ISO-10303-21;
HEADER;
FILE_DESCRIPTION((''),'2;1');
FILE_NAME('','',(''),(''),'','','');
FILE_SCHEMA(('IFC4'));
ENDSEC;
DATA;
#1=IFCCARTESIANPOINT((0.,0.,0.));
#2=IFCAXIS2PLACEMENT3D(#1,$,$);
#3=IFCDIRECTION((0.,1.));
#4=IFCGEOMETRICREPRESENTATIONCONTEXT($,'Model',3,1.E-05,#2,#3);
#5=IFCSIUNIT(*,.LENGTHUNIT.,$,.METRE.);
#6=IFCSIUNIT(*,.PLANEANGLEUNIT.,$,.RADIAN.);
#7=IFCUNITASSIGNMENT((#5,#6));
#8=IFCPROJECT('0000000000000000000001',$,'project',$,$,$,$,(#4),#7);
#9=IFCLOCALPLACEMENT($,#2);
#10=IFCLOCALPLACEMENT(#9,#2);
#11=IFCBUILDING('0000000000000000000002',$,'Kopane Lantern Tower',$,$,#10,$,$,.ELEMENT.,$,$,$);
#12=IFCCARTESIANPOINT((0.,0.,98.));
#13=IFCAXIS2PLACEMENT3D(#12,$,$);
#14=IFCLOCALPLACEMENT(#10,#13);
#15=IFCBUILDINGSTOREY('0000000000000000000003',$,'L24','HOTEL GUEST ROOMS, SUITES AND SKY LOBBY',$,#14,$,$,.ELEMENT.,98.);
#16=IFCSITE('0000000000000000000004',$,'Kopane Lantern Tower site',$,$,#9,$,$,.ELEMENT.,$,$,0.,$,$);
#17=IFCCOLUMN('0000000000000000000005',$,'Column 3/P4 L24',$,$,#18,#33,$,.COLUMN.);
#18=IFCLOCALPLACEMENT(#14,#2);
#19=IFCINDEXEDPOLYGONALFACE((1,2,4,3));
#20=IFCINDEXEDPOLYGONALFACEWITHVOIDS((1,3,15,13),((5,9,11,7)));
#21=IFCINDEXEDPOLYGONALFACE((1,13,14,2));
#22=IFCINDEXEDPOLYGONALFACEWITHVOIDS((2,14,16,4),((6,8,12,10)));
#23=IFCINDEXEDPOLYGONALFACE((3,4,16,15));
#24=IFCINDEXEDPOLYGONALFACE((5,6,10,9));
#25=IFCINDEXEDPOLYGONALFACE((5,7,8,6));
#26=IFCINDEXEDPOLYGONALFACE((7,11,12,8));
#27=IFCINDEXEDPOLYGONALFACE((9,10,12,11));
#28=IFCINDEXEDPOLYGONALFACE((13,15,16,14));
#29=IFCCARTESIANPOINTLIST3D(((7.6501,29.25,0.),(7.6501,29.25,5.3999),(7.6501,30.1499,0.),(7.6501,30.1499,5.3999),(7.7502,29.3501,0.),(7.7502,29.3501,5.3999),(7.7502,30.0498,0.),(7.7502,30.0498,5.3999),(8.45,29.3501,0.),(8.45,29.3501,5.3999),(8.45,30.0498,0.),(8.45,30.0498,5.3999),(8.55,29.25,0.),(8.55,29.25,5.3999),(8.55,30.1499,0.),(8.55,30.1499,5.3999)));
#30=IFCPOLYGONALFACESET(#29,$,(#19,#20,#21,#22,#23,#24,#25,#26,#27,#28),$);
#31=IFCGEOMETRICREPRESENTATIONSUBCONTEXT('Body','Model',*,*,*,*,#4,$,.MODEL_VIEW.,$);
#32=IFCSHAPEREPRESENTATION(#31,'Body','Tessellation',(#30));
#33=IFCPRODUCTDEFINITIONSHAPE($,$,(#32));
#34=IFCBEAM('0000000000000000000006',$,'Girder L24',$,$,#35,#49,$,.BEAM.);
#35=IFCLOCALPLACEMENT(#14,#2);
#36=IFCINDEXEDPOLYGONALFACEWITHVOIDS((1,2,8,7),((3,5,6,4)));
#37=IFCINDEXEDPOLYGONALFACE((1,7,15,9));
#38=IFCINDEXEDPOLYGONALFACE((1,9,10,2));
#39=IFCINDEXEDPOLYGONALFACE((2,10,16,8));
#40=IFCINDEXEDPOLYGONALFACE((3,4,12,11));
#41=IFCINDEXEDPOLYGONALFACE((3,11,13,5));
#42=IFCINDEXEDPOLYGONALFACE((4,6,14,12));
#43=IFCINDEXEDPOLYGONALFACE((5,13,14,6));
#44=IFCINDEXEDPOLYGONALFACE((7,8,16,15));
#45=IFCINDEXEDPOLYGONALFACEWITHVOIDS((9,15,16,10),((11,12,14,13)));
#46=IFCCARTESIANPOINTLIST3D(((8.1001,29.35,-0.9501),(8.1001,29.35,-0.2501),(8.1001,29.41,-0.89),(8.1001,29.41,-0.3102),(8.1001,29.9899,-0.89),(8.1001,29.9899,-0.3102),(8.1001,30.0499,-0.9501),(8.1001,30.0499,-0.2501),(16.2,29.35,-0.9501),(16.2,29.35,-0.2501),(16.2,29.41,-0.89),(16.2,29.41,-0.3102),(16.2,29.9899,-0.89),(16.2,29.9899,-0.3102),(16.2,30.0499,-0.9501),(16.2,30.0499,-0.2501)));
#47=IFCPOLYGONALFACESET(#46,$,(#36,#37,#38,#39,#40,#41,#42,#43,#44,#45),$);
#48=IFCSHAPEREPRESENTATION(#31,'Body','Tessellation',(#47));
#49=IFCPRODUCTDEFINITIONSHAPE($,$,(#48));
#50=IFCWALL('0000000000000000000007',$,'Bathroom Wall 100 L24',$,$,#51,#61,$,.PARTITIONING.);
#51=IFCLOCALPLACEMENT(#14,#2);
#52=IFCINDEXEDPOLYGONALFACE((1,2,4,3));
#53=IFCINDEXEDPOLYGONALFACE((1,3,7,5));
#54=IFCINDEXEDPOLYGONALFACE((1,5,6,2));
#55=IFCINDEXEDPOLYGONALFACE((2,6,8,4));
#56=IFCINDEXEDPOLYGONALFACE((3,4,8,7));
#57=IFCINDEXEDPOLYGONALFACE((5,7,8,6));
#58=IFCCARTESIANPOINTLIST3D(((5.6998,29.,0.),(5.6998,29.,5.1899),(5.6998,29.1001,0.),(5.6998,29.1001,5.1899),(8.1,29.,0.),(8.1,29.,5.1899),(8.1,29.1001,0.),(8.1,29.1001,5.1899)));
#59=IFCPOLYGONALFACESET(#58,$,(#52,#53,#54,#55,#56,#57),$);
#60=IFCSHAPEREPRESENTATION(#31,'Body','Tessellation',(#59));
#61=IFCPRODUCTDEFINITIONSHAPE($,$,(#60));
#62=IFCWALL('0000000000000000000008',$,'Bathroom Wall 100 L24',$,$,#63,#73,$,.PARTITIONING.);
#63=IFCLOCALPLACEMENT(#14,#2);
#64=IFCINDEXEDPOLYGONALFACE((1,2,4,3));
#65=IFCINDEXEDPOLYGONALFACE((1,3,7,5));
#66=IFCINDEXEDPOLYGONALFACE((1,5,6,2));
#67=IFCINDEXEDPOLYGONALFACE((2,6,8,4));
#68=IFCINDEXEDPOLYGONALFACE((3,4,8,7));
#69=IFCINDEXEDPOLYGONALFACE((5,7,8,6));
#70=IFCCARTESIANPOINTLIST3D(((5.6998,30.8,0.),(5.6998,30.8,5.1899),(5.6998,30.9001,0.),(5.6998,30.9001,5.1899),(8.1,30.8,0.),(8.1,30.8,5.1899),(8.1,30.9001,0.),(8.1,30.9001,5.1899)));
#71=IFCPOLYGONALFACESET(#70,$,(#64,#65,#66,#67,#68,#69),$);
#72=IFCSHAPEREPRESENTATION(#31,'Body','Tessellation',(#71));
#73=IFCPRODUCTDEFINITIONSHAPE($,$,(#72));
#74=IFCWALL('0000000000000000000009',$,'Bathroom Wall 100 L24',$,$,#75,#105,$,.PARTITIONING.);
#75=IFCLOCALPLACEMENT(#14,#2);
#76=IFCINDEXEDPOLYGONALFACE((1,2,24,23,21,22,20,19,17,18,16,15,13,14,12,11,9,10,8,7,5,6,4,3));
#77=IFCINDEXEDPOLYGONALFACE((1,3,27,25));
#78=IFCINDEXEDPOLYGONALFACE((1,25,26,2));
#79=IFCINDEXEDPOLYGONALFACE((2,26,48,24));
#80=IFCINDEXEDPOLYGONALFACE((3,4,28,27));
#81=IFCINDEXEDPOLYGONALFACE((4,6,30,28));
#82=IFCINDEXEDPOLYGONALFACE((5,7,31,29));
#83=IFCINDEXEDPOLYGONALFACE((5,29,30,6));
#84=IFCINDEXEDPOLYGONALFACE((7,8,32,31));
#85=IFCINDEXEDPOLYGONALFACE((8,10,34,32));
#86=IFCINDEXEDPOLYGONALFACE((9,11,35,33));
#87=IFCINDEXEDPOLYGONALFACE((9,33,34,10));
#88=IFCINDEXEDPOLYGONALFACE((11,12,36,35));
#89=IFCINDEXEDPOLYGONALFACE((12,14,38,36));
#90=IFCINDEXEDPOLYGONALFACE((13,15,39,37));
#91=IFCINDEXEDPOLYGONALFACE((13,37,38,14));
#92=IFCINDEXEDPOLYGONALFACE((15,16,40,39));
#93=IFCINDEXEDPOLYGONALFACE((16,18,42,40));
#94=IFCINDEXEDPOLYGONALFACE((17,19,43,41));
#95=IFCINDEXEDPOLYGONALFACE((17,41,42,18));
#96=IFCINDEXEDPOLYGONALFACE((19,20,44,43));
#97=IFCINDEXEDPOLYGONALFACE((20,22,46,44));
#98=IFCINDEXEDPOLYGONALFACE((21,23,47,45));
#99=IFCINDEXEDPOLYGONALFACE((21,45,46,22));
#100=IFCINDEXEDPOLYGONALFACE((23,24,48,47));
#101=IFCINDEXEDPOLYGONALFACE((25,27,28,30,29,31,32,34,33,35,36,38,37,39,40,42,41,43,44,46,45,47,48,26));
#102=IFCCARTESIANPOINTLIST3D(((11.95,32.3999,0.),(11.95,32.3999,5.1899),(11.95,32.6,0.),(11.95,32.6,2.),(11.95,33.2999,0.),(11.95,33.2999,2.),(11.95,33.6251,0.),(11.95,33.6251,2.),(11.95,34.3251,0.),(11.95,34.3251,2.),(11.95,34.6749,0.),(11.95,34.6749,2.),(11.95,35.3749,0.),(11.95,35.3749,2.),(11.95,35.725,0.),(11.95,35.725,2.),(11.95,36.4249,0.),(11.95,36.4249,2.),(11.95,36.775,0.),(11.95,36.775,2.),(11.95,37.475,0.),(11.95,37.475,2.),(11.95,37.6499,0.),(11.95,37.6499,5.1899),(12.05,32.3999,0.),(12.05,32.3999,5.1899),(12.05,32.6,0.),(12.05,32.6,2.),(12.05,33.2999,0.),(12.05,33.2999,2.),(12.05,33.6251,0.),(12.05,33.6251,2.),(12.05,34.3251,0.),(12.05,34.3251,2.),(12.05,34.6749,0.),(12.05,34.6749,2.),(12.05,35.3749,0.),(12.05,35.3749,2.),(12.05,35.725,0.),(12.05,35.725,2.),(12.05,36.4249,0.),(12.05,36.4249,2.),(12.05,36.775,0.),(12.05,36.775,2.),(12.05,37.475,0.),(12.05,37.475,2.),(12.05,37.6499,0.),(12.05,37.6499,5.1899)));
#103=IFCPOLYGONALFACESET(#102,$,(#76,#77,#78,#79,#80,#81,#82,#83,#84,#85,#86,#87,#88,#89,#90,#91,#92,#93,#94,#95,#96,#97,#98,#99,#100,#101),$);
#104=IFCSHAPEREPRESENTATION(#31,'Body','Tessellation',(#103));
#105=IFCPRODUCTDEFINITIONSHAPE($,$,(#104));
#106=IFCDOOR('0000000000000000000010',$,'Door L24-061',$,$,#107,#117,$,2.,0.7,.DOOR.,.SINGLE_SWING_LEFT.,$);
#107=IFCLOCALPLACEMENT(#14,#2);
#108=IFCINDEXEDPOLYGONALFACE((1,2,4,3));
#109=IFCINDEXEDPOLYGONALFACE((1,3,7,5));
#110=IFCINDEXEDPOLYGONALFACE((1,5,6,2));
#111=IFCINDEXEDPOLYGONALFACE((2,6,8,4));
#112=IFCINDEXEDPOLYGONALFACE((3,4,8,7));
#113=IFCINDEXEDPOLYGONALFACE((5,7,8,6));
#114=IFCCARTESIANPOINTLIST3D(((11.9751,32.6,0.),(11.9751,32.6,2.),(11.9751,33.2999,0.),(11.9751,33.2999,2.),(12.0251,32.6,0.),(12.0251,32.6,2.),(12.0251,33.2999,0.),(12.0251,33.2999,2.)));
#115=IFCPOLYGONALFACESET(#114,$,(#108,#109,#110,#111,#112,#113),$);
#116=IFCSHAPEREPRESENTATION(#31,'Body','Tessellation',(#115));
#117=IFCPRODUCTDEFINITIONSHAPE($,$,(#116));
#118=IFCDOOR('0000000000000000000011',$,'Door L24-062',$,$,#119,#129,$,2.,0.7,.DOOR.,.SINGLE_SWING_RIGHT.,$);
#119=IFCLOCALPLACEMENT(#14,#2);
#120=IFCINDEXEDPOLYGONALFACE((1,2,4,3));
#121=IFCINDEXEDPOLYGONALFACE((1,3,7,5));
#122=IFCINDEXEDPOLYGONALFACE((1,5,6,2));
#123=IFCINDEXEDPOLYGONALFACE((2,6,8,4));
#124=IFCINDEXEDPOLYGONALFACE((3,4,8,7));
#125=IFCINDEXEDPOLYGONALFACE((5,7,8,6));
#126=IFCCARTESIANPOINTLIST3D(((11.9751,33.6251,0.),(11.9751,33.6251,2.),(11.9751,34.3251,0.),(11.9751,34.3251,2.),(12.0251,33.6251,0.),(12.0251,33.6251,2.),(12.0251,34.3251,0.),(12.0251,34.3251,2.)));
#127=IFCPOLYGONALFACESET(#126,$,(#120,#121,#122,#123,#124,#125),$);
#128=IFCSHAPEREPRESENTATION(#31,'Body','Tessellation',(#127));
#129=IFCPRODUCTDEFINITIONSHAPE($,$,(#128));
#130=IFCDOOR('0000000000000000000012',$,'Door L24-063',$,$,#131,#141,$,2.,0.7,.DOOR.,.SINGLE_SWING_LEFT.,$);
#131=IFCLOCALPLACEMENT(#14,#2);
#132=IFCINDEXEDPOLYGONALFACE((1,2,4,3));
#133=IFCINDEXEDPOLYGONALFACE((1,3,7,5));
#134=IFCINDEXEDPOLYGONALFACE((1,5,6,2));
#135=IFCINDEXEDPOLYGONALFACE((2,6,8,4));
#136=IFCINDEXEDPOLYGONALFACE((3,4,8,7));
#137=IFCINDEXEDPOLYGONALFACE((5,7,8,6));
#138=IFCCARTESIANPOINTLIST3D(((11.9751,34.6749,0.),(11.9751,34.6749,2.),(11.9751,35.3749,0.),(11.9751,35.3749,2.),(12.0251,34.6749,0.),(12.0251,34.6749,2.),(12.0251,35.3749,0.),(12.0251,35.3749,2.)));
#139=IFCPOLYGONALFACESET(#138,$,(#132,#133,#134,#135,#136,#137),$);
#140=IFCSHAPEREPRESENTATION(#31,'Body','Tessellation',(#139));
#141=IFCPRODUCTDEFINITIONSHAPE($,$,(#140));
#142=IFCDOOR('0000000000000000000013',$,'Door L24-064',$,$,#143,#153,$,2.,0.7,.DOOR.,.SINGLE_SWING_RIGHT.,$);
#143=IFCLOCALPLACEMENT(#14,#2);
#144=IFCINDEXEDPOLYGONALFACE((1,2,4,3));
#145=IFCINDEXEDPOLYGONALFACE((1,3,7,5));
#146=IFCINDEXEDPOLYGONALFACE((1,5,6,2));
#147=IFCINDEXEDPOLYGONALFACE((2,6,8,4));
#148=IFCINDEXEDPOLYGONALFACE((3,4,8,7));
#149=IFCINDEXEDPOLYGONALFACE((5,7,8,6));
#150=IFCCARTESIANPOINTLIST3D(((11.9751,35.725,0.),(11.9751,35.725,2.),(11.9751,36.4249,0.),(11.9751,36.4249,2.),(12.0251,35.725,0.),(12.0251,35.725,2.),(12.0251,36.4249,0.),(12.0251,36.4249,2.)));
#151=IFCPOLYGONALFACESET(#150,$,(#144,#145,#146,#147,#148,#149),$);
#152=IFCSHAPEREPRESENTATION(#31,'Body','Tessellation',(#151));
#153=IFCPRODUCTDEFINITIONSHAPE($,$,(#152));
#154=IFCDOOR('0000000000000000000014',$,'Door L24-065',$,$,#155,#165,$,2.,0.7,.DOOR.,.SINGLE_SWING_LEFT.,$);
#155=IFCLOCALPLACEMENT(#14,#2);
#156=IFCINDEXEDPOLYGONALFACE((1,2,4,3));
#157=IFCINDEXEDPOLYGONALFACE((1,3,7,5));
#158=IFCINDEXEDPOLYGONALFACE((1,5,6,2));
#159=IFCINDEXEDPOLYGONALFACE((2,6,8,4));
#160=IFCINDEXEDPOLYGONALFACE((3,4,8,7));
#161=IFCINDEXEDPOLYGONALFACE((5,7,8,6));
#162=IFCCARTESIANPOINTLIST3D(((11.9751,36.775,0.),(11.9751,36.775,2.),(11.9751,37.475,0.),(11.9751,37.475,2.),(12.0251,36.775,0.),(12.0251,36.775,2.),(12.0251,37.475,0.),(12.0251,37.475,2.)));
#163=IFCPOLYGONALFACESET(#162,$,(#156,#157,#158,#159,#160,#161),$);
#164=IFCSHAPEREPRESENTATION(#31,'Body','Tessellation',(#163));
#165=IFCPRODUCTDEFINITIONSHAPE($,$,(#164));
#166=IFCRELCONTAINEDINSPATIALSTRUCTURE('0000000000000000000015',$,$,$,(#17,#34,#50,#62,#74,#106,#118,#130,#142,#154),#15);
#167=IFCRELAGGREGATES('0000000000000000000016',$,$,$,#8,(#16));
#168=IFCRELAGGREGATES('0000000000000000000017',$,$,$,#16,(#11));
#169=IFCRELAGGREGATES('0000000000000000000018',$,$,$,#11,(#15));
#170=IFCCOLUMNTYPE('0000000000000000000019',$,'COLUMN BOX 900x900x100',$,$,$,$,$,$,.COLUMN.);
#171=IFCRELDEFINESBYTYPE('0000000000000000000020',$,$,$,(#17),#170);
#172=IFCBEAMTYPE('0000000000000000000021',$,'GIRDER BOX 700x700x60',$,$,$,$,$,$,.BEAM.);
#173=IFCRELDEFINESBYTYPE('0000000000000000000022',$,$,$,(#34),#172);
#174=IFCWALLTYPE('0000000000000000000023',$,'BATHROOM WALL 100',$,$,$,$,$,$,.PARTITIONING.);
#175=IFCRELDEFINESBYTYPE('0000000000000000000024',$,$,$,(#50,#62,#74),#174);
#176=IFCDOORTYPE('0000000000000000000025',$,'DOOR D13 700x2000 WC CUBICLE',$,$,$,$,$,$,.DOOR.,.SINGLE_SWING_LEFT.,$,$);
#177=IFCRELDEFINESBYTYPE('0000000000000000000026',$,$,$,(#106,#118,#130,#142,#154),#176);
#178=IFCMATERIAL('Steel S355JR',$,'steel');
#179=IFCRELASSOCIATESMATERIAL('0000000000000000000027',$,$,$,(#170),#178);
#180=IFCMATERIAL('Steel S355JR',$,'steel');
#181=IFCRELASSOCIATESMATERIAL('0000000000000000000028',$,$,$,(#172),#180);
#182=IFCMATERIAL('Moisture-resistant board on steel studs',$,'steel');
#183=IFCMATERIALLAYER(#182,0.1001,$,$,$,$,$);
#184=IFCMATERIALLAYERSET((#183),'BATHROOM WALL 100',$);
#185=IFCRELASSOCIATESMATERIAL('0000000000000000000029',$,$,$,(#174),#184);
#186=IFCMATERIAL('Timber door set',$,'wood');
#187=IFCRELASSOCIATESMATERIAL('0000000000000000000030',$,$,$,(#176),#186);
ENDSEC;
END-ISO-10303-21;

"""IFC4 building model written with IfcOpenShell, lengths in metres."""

from ifc_helpers import new_model, si_unit, direction, frame, frame_2d, origin, origin_2d, place, context, subcontext, project, spatial, rectangle, hollow_rectangle, extrude, material, layer, layer_set, material_profile, profile_set, type_object, element, fill, save


model = new_model("IFC4")

# Units and contexts
model_context = context("Model", 3, precision=1e-05, world=origin(), true_north=direction((0.0, 1.0)))
body_context = subcontext(model_context, "Body", "Model", "MODEL_VIEW")
ifc_project = project(units=[si_unit("LENGTHUNIT", "METRE"), si_unit("PLANEANGLEUNIT", "RADIAN")], contexts=[model_context])

# Site, building, storey
site_placement = place(None, origin())
site = spatial("IfcSite", under=ifc_project, at=site_placement, Name="Kopane Lantern Tower site", CompositionType="ELEMENT", RefElevation=0.0)
building_placement = place(site_placement, origin())
building = spatial("IfcBuilding", under=site, at=building_placement, Name="Kopane Lantern Tower", CompositionType="ELEMENT")
storey_placement = place(building_placement, frame((0.0, 0.0, 98.0)))
storey = spatial("IfcBuildingStorey", under=building, at=storey_placement, Name="L24", Description="HOTEL GUEST ROOMS, SUITES AND SKY LOBBY", CompositionType="ELEMENT", Elevation=98.0)

# Column
ifc_material_1 = material(Name="Steel S355JR", Category="steel")
ifc_material_profile_1 = material_profile(ifc_material_1, hollow_rectangle(XDim=0.8999, YDim=0.8999, WallThickness=0.1001, at=origin_2d()), Name="BOX 900x900x100")
ifc_profile_set_1 = profile_set([ifc_material_profile_1], Name="Steel S355JR")
column_type = type_object("IfcColumnType", Name="COLUMN BOX 900x900x100", PredefinedType="COLUMN", material=ifc_profile_set_1)
column_placement = place(storey_placement, frame((8.1001, 29.7, 0.0), z_axis=(0.0, 0.0, 1.0), x_axis=(1.0, 0.0, 0.0)))
element("IfcColumn", 1, at=column_placement, inside=storey, type_object=column_type, Name="Column 3/P4 L24", PredefinedType="COLUMN", context=body_context, shape_type="SweptSolid", body=[
    extrude(hollow_rectangle(XDim=0.8999, YDim=0.8999, WallThickness=0.1001, at=origin_2d()), origin(), (0.0, 0.0, 1.0), 5.3999),
])

# Beam
ifc_material_2 = material(Name="Steel S355JR", Category="steel")
ifc_material_profile_2 = material_profile(ifc_material_2, hollow_rectangle(XDim=0.7, YDim=0.7, WallThickness=0.0601, at=origin_2d()), Name="BOX 700x700x60")
ifc_profile_set_2 = profile_set([ifc_material_profile_2], Name="Steel S355JR")
beam_type = type_object("IfcBeamType", Name="GIRDER BOX 700x700x60", PredefinedType="BEAM", material=ifc_profile_set_2)
beam_placement = place(storey_placement, frame((8.1001, 29.7, -0.6001), z_axis=(1.0, 0.0, 0.0), x_axis=(0.0, 1.0, 0.0)))
element("IfcBeam", 2, at=beam_placement, inside=storey, type_object=beam_type, Name="Girder L24", PredefinedType="BEAM", context=body_context, shape_type="SweptSolid", body=[
    extrude(hollow_rectangle(XDim=0.7, YDim=0.7, WallThickness=0.0601, at=origin_2d()), origin(), (0.0, 0.0, 1.0), 8.0999),
])

# Walls
ifc_material_3 = material(Name="Moisture-resistant board on steel studs", Category="steel")
ifc_layer_1 = layer(ifc_material_3, 0.1001)
ifc_layer_set_1 = layer_set([ifc_layer_1], Name="BATHROOM WALL 100")
wall_type_1 = type_object("IfcWallType", Name="BATHROOM WALL 100", PredefinedType="PARTITIONING", material=ifc_layer_set_1)
for number, where, z_axis, x_axis, name in (
    (3, (8.1001, 29.05, 0.0), (0.0, 0.0, 1.0), (-1.0, 0.0, 0.0), "Bathroom Wall 100 L24"),
    (4, (8.1001, 30.8501, 0.0), (0.0, 0.0, 1.0), (-1.0, 0.0, 0.0), "Bathroom Wall 100 L24"),
):
    element("IfcWall", number, at=place(storey_placement, frame(where, z_axis=z_axis, x_axis=x_axis)), inside=storey, type_object=wall_type_1, Name=name, PredefinedType="PARTITIONING", context=body_context, shape_type="SweptSolid", body=[
        extrude(rectangle(XDim=2.4001, YDim=0.1001, at=frame_2d((1.2002, 0.0))), origin(), (0.0, 0.0, 1.0), 5.1899),
    ])

# Wall, openings, doors
wall_1_placement = place(storey_placement, frame((12.0, 32.3999, 0.0), z_axis=(0.0, 0.0, 1.0), x_axis=(0.0, 1.0, 0.0)))
wall_1 = element("IfcWall", 5, at=wall_1_placement, inside=storey, type_object=wall_type_1, Name="Bathroom Wall 100 L24", PredefinedType="PARTITIONING", context=body_context, shape_type="SweptSolid", body=[
    extrude(rectangle(XDim=5.25, YDim=0.1001, at=frame_2d((2.625, 0.0))), origin(), (0.0, 0.0, 1.0), 5.1899),
])
opening_1_placement = place(wall_1_placement, frame((0.2, 0.0, 0.0)))
opening_1 = element("IfcOpeningElement", 6, at=opening_1_placement, cuts=wall_1, PredefinedType="OPENING", context=body_context, shape_type="SweptSolid", body=[
    extrude(rectangle(XDim=0.7, YDim=2.0, at=frame_2d((0.3501, 1.0))), frame((0.0, 0.0601, 0.0), z_axis=(0.0, -1.0, 0.0), x_axis=(1.0, 0.0, 0.0)), (0.0, 0.0, 1.0), 0.1201),
])
opening_2_placement = place(wall_1_placement, frame((1.2251, 0.0, 0.0)))
opening_2 = element("IfcOpeningElement", 7, at=opening_2_placement, cuts=wall_1, PredefinedType="OPENING", context=body_context, shape_type="SweptSolid", body=[
    extrude(rectangle(XDim=0.7, YDim=2.0, at=frame_2d((0.3501, 1.0))), frame((0.0, 0.0601, 0.0), z_axis=(0.0, -1.0, 0.0), x_axis=(1.0, 0.0, 0.0)), (0.0, 0.0, 1.0), 0.1201),
])
opening_3_placement = place(wall_1_placement, frame((2.2749, 0.0, 0.0)))
opening_3 = element("IfcOpeningElement", 8, at=opening_3_placement, cuts=wall_1, PredefinedType="OPENING", context=body_context, shape_type="SweptSolid", body=[
    extrude(rectangle(XDim=0.7, YDim=2.0, at=frame_2d((0.3501, 1.0))), frame((0.0, 0.0601, 0.0), z_axis=(0.0, -1.0, 0.0), x_axis=(1.0, 0.0, 0.0)), (0.0, 0.0, 1.0), 0.1201),
])
opening_4_placement = place(wall_1_placement, frame((3.325, 0.0, 0.0)))
opening_4 = element("IfcOpeningElement", 9, at=opening_4_placement, cuts=wall_1, PredefinedType="OPENING", context=body_context, shape_type="SweptSolid", body=[
    extrude(rectangle(XDim=0.7, YDim=2.0, at=frame_2d((0.3501, 1.0))), frame((0.0, 0.0601, 0.0), z_axis=(0.0, -1.0, 0.0), x_axis=(1.0, 0.0, 0.0)), (0.0, 0.0, 1.0), 0.1201),
])
opening_5_placement = place(wall_1_placement, frame((4.375, 0.0, 0.0)))
opening_5 = element("IfcOpeningElement", 10, at=opening_5_placement, cuts=wall_1, PredefinedType="OPENING", context=body_context, shape_type="SweptSolid", body=[
    extrude(rectangle(XDim=0.7, YDim=2.0, at=frame_2d((0.3501, 1.0))), frame((0.0, 0.0601, 0.0), z_axis=(0.0, -1.0, 0.0), x_axis=(1.0, 0.0, 0.0)), (0.0, 0.0, 1.0), 0.1201),
])
ifc_material_4 = material(Name="Timber door set", Category="wood")
door_type = type_object("IfcDoorType", Name="DOOR D13 700x2000 WC CUBICLE", OperationType="SINGLE_SWING_LEFT", PredefinedType="DOOR", material=ifc_material_4)
door_1_placement = place(opening_1_placement, origin())
door_1 = element("IfcDoor", 11, at=door_1_placement, inside=storey, type_object=door_type, Name="Door L24-061", OperationType="SINGLE_SWING_LEFT", OverallHeight=2.0, OverallWidth=0.7, PredefinedType="DOOR", context=body_context, shape_type="SweptSolid", body=[
    extrude(rectangle(XDim=0.7, YDim=2.0, at=frame_2d((0.3501, 1.0))), frame((0.0, 0.0249, 0.0), z_axis=(0.0, -1.0, 0.0), x_axis=(1.0, 0.0, 0.0)), (0.0, 0.0, 1.0), 0.05),
])
fill(opening_1, door_1)
door_2_placement = place(opening_2_placement, origin())
door_2 = element("IfcDoor", 12, at=door_2_placement, inside=storey, type_object=door_type, Name="Door L24-062", OperationType="SINGLE_SWING_RIGHT", OverallHeight=2.0, OverallWidth=0.7, PredefinedType="DOOR", context=body_context, shape_type="SweptSolid", body=[
    extrude(rectangle(XDim=0.7, YDim=2.0, at=frame_2d((0.3501, 1.0))), frame((0.0, 0.0249, 0.0), z_axis=(0.0, -1.0, 0.0), x_axis=(1.0, 0.0, 0.0)), (0.0, 0.0, 1.0), 0.05),
])
fill(opening_2, door_2)
door_3_placement = place(opening_3_placement, origin())
door_3 = element("IfcDoor", 13, at=door_3_placement, inside=storey, type_object=door_type, Name="Door L24-063", OperationType="SINGLE_SWING_LEFT", OverallHeight=2.0, OverallWidth=0.7, PredefinedType="DOOR", context=body_context, shape_type="SweptSolid", body=[
    extrude(rectangle(XDim=0.7, YDim=2.0, at=frame_2d((0.3501, 1.0))), frame((0.0, 0.0249, 0.0), z_axis=(0.0, -1.0, 0.0), x_axis=(1.0, 0.0, 0.0)), (0.0, 0.0, 1.0), 0.05),
])
fill(opening_3, door_3)
door_4_placement = place(opening_4_placement, origin())
door_4 = element("IfcDoor", 14, at=door_4_placement, inside=storey, type_object=door_type, Name="Door L24-064", OperationType="SINGLE_SWING_RIGHT", OverallHeight=2.0, OverallWidth=0.7, PredefinedType="DOOR", context=body_context, shape_type="SweptSolid", body=[
    extrude(rectangle(XDim=0.7, YDim=2.0, at=frame_2d((0.3501, 1.0))), frame((0.0, 0.0249, 0.0), z_axis=(0.0, -1.0, 0.0), x_axis=(1.0, 0.0, 0.0)), (0.0, 0.0, 1.0), 0.05),
])
fill(opening_4, door_4)
door_5_placement = place(opening_5_placement, origin())
door_5 = element("IfcDoor", 15, at=door_5_placement, inside=storey, type_object=door_type, Name="Door L24-065", OperationType="SINGLE_SWING_LEFT", OverallHeight=2.0, OverallWidth=0.7, PredefinedType="DOOR", context=body_context, shape_type="SweptSolid", body=[
    extrude(rectangle(XDim=0.7, YDim=2.0, at=frame_2d((0.3501, 1.0))), frame((0.0, 0.0249, 0.0), z_axis=(0.0, -1.0, 0.0), x_axis=(1.0, 0.0, 0.0)), (0.0, 0.0, 1.0), 0.05),
])
fill(opening_5, door_5)

save(model, "model.ifc")
